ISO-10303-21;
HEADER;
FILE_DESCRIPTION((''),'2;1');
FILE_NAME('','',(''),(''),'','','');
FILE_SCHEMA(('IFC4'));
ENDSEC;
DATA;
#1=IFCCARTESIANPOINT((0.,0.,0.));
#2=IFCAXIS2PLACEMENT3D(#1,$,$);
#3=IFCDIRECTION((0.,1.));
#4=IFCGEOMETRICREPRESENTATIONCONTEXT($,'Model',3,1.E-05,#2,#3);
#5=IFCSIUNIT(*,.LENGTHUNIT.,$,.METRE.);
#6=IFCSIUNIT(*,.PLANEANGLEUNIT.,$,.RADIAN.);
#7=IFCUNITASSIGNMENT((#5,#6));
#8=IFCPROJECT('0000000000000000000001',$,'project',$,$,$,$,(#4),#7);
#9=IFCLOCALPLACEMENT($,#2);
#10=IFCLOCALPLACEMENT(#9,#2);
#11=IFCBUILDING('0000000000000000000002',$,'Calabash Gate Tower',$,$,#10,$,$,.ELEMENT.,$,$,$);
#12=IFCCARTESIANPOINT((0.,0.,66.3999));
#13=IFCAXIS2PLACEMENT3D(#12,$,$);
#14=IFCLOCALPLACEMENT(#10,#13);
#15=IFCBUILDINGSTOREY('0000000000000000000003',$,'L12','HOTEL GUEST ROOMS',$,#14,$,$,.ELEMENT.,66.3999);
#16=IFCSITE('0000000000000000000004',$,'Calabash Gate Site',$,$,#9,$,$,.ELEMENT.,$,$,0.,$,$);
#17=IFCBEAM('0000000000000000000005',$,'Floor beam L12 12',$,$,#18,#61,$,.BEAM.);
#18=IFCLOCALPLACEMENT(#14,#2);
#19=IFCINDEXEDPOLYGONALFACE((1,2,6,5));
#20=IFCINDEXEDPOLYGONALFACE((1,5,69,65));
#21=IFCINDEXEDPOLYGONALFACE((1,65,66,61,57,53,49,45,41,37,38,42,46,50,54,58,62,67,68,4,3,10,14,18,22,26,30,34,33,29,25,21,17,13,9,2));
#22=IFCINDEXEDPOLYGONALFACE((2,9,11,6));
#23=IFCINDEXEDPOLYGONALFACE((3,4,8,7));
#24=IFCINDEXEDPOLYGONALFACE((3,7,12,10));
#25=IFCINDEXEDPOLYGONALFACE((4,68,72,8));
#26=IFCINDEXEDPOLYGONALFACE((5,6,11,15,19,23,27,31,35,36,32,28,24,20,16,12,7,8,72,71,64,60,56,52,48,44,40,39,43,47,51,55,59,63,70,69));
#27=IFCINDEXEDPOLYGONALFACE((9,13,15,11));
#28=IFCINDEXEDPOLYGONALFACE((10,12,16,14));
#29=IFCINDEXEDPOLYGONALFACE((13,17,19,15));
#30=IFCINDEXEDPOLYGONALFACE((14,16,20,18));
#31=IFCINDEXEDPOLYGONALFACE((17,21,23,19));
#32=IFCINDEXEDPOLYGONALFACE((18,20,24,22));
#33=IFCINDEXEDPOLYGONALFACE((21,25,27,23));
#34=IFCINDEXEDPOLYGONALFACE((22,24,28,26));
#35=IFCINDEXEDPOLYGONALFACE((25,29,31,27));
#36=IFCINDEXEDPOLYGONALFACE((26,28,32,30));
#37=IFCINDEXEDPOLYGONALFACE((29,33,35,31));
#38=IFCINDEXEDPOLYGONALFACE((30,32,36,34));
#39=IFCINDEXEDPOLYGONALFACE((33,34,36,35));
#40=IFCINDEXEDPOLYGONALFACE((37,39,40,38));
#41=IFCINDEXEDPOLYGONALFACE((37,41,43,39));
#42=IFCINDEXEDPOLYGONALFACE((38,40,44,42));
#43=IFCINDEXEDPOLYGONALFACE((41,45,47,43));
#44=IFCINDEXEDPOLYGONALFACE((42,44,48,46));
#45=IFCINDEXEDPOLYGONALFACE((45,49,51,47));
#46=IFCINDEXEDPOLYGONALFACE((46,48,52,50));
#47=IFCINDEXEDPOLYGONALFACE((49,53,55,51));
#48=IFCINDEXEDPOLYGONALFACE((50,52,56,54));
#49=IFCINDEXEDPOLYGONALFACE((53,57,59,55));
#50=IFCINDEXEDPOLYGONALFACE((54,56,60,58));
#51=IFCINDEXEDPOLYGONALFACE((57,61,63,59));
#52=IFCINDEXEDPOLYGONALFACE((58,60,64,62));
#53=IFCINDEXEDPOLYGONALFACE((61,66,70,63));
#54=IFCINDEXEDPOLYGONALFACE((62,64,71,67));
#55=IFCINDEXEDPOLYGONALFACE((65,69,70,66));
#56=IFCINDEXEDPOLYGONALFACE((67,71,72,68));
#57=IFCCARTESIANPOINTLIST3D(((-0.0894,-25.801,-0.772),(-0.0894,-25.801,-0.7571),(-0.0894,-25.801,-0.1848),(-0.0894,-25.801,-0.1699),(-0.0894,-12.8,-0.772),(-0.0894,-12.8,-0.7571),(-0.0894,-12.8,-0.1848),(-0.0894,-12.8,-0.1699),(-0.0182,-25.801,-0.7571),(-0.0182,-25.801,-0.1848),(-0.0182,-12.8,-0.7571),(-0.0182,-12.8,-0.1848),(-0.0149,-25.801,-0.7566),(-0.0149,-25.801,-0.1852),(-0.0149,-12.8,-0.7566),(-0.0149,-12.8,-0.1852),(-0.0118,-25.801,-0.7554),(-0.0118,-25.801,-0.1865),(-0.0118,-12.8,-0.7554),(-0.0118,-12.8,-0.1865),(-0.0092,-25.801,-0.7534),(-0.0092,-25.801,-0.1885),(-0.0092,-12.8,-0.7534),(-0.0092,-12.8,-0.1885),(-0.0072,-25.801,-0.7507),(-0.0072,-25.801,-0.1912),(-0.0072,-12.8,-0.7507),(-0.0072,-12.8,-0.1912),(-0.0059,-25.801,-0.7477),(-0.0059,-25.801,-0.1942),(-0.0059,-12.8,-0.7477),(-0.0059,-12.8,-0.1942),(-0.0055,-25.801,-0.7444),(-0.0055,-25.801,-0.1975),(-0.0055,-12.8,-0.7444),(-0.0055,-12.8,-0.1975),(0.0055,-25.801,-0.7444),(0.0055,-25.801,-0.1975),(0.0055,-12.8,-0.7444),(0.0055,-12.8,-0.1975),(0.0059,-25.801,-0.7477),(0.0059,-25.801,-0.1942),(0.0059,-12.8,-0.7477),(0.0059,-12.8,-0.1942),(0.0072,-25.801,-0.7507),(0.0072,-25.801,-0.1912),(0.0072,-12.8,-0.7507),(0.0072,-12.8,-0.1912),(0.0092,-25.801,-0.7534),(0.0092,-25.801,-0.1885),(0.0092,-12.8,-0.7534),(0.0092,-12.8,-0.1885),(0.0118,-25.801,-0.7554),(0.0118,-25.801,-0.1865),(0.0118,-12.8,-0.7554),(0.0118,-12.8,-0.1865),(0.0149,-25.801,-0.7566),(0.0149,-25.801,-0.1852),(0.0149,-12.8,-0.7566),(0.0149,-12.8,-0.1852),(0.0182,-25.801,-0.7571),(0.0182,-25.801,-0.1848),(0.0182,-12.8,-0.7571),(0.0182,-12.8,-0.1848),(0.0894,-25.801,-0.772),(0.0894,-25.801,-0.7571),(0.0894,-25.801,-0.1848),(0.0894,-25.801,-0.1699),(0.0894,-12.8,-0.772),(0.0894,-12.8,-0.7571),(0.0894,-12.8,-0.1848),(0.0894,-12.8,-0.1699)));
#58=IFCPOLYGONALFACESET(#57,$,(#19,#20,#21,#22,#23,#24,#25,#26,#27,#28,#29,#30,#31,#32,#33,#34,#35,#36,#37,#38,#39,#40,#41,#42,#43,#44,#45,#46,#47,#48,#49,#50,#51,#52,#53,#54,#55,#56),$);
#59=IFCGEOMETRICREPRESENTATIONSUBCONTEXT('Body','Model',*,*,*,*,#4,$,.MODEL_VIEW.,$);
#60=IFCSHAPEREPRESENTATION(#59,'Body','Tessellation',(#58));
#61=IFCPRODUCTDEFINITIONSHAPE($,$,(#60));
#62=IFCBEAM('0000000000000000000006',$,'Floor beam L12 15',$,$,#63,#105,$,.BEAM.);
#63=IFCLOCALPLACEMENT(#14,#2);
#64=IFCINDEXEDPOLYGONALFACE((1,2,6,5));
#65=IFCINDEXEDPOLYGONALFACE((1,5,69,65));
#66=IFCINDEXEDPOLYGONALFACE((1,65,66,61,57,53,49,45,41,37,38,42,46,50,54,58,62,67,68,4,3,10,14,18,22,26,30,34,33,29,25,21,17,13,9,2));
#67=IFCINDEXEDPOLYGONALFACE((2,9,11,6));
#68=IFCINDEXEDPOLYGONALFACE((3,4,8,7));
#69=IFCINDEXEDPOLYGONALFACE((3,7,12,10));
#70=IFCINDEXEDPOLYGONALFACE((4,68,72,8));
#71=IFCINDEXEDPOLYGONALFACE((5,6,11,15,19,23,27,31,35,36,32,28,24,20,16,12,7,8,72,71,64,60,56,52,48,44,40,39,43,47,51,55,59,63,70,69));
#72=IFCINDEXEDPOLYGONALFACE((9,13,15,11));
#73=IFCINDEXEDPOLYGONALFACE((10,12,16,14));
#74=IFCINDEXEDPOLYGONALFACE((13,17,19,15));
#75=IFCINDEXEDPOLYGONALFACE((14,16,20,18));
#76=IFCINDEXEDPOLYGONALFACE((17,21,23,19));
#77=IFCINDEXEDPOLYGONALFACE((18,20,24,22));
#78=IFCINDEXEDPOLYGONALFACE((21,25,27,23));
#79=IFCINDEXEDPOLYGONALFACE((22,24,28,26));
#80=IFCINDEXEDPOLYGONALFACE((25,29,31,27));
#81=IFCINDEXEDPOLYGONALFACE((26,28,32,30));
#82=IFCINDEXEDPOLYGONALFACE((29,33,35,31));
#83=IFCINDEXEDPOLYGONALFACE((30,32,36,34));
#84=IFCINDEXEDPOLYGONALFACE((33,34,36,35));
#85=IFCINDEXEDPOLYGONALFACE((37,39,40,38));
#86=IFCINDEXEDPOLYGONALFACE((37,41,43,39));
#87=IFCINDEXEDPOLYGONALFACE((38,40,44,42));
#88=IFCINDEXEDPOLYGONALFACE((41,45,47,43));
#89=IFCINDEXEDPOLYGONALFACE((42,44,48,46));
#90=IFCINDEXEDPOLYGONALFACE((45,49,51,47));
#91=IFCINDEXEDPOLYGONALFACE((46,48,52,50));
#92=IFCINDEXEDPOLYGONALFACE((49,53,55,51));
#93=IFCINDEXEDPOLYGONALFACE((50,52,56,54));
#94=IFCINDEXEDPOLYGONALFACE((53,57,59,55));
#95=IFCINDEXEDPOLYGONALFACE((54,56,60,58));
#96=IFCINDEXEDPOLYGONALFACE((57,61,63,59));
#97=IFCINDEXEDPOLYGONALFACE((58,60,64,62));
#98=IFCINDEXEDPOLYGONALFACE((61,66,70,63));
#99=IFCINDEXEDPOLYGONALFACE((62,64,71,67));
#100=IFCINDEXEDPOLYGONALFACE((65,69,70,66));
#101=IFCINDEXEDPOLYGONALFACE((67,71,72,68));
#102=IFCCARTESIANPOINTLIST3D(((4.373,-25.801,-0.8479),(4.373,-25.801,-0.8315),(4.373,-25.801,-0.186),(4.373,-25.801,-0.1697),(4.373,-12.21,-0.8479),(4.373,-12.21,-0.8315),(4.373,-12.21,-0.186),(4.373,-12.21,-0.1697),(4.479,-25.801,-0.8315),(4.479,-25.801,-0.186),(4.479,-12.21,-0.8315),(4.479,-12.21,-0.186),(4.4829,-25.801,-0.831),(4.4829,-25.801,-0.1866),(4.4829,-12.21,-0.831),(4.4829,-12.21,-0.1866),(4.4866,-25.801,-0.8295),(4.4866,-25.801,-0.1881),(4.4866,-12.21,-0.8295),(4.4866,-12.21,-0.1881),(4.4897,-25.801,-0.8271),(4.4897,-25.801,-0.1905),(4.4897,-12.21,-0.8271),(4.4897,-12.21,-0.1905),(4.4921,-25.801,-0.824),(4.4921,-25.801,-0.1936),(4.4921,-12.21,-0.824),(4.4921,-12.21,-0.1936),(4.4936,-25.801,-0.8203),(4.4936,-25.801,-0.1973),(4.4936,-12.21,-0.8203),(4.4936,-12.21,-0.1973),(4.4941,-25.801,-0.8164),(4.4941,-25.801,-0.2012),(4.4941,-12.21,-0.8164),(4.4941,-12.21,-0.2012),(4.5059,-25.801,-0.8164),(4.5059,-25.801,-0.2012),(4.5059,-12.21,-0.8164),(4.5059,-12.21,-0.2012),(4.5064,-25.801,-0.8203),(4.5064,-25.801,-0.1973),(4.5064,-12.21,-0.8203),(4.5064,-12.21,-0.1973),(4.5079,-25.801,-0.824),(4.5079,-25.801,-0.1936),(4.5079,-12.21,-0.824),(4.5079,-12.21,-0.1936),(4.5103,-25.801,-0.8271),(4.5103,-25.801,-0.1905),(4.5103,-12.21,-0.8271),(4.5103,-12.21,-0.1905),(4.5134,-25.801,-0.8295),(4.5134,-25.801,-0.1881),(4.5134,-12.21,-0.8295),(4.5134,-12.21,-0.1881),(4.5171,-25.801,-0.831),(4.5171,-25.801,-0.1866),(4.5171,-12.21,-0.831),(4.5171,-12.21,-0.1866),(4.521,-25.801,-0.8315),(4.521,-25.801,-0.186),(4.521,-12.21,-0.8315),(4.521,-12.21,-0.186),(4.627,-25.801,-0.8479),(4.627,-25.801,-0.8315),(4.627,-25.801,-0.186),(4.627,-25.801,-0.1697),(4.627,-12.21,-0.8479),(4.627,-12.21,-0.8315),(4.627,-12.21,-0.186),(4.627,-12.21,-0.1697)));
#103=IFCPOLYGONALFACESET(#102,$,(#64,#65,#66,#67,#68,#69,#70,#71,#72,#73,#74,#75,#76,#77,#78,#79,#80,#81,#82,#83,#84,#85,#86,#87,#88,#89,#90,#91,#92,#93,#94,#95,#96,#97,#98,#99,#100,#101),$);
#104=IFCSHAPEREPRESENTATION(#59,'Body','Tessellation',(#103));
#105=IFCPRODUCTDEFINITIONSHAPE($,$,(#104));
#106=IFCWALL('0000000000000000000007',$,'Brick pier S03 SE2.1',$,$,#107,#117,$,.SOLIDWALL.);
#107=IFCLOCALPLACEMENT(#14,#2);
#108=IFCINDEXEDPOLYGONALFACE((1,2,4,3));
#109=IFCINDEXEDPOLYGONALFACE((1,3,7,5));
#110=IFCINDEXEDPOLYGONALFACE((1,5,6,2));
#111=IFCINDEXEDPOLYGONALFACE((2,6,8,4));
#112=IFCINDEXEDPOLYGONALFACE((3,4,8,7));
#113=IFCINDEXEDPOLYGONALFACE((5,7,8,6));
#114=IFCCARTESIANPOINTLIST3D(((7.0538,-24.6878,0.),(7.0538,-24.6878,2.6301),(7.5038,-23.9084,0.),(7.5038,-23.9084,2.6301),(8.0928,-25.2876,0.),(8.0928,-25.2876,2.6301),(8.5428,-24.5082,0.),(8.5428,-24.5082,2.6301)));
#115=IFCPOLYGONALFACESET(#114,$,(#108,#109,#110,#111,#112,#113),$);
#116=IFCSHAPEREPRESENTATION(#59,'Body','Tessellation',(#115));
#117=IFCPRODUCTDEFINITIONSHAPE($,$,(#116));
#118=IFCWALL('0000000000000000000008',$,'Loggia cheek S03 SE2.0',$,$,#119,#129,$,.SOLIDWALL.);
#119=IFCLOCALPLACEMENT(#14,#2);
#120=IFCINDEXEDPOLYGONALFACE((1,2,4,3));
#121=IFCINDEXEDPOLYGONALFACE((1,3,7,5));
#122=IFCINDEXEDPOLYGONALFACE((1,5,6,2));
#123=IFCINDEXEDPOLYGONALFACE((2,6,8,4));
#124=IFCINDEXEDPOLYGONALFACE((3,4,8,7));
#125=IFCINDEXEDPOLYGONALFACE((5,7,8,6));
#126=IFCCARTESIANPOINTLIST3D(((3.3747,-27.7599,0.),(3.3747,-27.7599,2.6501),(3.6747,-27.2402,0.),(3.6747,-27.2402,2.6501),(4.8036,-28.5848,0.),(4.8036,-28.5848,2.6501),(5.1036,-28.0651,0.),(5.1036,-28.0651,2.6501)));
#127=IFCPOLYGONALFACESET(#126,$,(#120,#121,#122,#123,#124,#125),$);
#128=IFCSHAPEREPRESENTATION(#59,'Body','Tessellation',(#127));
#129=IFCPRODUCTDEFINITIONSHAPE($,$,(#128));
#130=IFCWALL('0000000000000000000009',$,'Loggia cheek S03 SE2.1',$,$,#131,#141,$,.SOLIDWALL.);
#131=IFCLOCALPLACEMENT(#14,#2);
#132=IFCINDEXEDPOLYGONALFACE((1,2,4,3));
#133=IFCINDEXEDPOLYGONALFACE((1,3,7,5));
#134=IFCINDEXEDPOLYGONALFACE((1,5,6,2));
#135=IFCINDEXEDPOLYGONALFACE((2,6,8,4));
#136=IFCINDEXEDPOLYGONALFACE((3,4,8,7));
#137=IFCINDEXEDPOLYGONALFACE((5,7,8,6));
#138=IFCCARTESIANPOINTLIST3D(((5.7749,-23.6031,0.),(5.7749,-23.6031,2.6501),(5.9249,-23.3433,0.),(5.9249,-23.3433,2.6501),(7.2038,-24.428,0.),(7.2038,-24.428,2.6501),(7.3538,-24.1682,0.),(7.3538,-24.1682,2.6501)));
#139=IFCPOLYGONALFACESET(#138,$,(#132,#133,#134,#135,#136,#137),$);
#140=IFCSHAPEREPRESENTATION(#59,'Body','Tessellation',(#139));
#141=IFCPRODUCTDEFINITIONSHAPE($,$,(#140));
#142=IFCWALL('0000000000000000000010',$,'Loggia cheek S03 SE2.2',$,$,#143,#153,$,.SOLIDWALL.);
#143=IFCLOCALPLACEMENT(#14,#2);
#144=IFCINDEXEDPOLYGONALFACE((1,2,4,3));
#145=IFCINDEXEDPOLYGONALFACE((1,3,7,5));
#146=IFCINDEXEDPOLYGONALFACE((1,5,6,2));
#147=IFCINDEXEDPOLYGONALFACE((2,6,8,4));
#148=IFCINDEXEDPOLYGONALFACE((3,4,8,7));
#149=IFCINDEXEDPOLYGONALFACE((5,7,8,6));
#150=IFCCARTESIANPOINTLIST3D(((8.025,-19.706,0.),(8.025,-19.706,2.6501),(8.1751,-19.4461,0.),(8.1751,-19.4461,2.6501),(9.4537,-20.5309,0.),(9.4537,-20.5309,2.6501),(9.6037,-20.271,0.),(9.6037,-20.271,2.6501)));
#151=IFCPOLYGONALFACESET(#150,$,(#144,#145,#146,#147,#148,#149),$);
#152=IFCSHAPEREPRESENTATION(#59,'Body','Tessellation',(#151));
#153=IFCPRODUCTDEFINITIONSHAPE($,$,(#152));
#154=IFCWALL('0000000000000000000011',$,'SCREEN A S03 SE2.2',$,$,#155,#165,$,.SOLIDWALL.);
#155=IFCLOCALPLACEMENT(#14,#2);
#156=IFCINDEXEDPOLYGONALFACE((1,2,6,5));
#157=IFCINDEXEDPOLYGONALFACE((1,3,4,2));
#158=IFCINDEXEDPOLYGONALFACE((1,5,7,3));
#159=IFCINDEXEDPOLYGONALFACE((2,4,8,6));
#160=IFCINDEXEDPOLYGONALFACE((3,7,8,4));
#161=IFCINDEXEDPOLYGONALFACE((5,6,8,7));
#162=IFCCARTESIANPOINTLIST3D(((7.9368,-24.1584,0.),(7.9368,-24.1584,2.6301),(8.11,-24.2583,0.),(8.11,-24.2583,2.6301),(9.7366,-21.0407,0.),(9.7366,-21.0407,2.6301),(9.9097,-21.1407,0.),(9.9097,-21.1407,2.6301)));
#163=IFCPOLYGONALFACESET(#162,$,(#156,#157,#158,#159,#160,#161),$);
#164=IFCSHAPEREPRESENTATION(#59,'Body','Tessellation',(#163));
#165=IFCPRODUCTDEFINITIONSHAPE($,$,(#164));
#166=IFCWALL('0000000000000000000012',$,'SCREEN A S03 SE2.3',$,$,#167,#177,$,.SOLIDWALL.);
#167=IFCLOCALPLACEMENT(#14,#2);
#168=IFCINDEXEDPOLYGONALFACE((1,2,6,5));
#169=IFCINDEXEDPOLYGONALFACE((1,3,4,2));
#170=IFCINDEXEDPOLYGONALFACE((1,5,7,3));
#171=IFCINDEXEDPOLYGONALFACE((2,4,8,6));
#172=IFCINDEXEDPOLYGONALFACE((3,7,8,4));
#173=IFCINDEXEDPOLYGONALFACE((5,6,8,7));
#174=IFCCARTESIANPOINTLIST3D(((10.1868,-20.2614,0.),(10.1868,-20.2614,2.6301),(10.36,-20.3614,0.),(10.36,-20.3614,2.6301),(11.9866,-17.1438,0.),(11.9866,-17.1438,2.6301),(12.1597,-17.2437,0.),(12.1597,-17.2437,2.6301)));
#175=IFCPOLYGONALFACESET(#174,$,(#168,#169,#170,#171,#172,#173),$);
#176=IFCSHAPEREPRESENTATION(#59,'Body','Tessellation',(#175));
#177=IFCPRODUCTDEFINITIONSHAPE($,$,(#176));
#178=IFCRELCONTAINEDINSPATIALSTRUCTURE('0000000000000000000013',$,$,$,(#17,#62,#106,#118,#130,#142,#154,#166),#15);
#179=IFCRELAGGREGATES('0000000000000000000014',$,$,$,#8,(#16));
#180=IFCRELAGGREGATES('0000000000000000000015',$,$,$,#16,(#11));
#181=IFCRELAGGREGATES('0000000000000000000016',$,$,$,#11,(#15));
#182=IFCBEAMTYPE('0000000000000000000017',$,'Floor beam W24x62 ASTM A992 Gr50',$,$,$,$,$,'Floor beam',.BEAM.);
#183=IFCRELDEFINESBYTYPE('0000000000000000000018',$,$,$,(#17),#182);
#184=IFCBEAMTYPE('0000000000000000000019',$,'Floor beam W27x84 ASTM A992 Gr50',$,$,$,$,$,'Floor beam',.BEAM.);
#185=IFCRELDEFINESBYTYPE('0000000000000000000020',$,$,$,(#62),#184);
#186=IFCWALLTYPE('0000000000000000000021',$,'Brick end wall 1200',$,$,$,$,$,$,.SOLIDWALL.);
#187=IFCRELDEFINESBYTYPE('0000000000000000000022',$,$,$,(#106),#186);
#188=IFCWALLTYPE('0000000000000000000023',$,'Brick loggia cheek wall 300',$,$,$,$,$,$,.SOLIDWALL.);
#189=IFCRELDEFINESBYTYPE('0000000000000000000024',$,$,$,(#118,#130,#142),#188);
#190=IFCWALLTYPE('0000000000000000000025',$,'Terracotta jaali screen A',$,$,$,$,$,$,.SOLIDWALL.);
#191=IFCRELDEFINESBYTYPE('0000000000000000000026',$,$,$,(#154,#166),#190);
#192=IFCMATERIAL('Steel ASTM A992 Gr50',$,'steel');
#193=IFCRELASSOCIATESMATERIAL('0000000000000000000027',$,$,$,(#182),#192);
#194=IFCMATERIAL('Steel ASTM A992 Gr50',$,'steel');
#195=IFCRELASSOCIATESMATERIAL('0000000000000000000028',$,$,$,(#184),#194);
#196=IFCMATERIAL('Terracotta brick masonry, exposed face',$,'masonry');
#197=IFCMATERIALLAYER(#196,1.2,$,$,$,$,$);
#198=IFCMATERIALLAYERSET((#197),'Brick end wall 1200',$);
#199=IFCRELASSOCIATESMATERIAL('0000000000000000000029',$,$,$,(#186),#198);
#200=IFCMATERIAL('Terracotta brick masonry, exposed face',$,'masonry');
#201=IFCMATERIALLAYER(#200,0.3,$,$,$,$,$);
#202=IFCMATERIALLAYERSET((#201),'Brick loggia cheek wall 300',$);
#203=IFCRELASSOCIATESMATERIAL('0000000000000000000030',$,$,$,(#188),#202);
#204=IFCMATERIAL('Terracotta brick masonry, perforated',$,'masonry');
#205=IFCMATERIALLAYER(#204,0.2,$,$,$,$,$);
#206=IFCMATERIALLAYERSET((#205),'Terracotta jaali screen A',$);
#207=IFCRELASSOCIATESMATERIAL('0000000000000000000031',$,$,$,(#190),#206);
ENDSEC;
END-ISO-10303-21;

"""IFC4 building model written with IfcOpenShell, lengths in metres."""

from ifc_helpers import new_model, si_unit, direction, frame, frame_2d, origin, origin_2d, place, context, subcontext, project, spatial, rectangle, i_section, extrude, material, layer, layer_set, material_profile, profile_set, type_object, element, save


model = new_model("IFC4")

# Units and contexts
model_context = context("Model", 3, precision=1e-05, world=origin(), true_north=direction((0.0, 1.0)))
body_context = subcontext(model_context, "Body", "Model", "MODEL_VIEW")
ifc_project = project(units=[si_unit("LENGTHUNIT", "METRE"), si_unit("PLANEANGLEUNIT", "RADIAN")], contexts=[model_context])

# Site, building, storey
site_placement = place(None, origin())
site = spatial("IfcSite", under=ifc_project, at=site_placement, Name="Calabash Gate Site", CompositionType="ELEMENT", RefElevation=0.0)
building_placement = place(site_placement, origin())
building = spatial("IfcBuilding", under=site, at=building_placement, Name="Calabash Gate Tower", CompositionType="ELEMENT")
storey_placement = place(building_placement, frame((0.0, 0.0, 66.3999)))
storey = spatial("IfcBuildingStorey", under=building, at=storey_placement, Name="L12", Description="HOTEL GUEST ROOMS", CompositionType="ELEMENT", Elevation=66.3999)

# Beams
ifc_material_1 = material(Name="Steel ASTM A992 Gr50", Category="steel")
ifc_material_profile_1 = material_profile(ifc_material_1, i_section(OverallWidth=0.1787, OverallDepth=0.6021, WebThickness=0.011, FlangeThickness=0.0149, FilletRadius=0.0127, at=origin_2d()))
ifc_profile_set_1 = profile_set([ifc_material_profile_1], Name="Steel ASTM A992 Gr50")
beam_type_1 = type_object("IfcBeamType", Name="Floor beam W24x62 ASTM A992 Gr50", ElementType="Floor beam", PredefinedType="BEAM", material=ifc_profile_set_1)
beam_1_placement = place(storey_placement, frame((0.0, -25.801, -0.4709), z_axis=(0.0, 1.0, 0.0), x_axis=(-1.0, 0.0, 0.0)))
element("IfcBeam", 1, at=beam_1_placement, inside=storey, type_object=beam_type_1, Name="Floor beam L12 12", PredefinedType="BEAM", context=body_context, shape_type="SweptSolid", body=[
    extrude(i_section(OverallWidth=0.1787, OverallDepth=0.6021, WebThickness=0.011, FlangeThickness=0.0149, FilletRadius=0.0127, at=origin_2d()), origin(), (0.0, 0.0, 1.0), 13.001),
])
ifc_material_2 = material(Name="Steel ASTM A992 Gr50", Category="steel")
ifc_material_profile_2 = material_profile(ifc_material_2, i_section(OverallWidth=0.2539, OverallDepth=0.6782, WebThickness=0.0117, FlangeThickness=0.0164, FilletRadius=0.0151, at=origin_2d()))
ifc_profile_set_2 = profile_set([ifc_material_profile_2], Name="Steel ASTM A992 Gr50")
beam_type_2 = type_object("IfcBeamType", Name="Floor beam W27x84 ASTM A992 Gr50", ElementType="Floor beam", PredefinedType="BEAM", material=ifc_profile_set_2)
beam_2_placement = place(storey_placement, frame((4.5, -25.801, -0.5088), z_axis=(0.0, 1.0, 0.0), x_axis=(-1.0, 0.0, 0.0)))
element("IfcBeam", 2, at=beam_2_placement, inside=storey, type_object=beam_type_2, Name="Floor beam L12 15", PredefinedType="BEAM", context=body_context, shape_type="SweptSolid", body=[
    extrude(i_section(OverallWidth=0.2539, OverallDepth=0.6782, WebThickness=0.0117, FlangeThickness=0.0164, FilletRadius=0.0151, at=origin_2d()), origin(), (0.0, 0.0, 1.0), 13.5911),
])

# Walls
ifc_material_3 = material(Name="Terracotta brick masonry, exposed face", Category="masonry")
ifc_layer_1 = layer(ifc_material_3, 1.2)
ifc_layer_set_1 = layer_set([ifc_layer_1], Name="Brick end wall 1200")
wall_type_1 = type_object("IfcWallType", Name="Brick end wall 1200", PredefinedType="SOLIDWALL", material=ifc_layer_set_1)
wall_1_placement = place(storey_placement, frame((7.2788, -24.2981, 0.0), z_axis=(0.0, 0.0, 1.0), x_axis=(0.866043, -0.499969, 0.0)))
element("IfcWall", 3, at=wall_1_placement, inside=storey, type_object=wall_type_1, Name="Brick pier S03 SE2.1", PredefinedType="SOLIDWALL", context=body_context, shape_type="SweptSolid", body=[
    extrude(rectangle(XDim=1.1997, YDim=0.8999, at=frame_2d((0.5999, 0.0))), origin(), (0.0, 0.0, 1.0), 2.6301),
])
ifc_material_4 = material(Name="Terracotta brick masonry, exposed face", Category="masonry")
ifc_layer_2 = layer(ifc_material_4, 0.3)
ifc_layer_set_2 = layer_set([ifc_layer_2], Name="Brick loggia cheek wall 300")
wall_type_2 = type_object("IfcWallType", Name="Brick loggia cheek wall 300", PredefinedType="SOLIDWALL", material=ifc_layer_set_2)
wall_2_placement = place(storey_placement, frame((4.9536, -28.325, 0.0), z_axis=(0.0, 0.0, 1.0), x_axis=(-0.86604, 0.499974, 0.0)))
element("IfcWall", 4, at=wall_2_placement, inside=storey, type_object=wall_type_2, Name="Loggia cheek S03 SE2.0", PredefinedType="SOLIDWALL", context=body_context, shape_type="SweptSolid", body=[
    extrude(rectangle(XDim=1.6499, YDim=0.6001, at=frame_2d((0.825, 0.0))), origin(), (0.0, 0.0, 1.0), 2.6501),
])
wall_3_placement = place(storey_placement, frame((7.2788, -24.2981, 0.0), z_axis=(0.0, 0.0, 1.0), x_axis=(-0.86604, 0.499974, 0.0)))
element("IfcWall", 5, at=wall_3_placement, inside=storey, type_object=wall_type_2, Name="Loggia cheek S03 SE2.1", PredefinedType="SOLIDWALL", context=body_context, shape_type="SweptSolid", body=[
    extrude(rectangle(XDim=1.6499, YDim=0.3, at=frame_2d((0.825, 0.0))), origin(), (0.0, 0.0, 1.0), 2.6501),
])
wall_4_placement = place(storey_placement, frame((9.5286, -20.4009, 0.0), z_axis=(0.0, 0.0, 1.0), x_axis=(-0.866003, 0.500038, 0.0)))
element("IfcWall", 6, at=wall_4_placement, inside=storey, type_object=wall_type_2, Name="Loggia cheek S03 SE2.2", PredefinedType="SOLIDWALL", context=body_context, shape_type="SweptSolid", body=[
    extrude(rectangle(XDim=1.6497, YDim=0.3, at=frame_2d((0.8247, 0.0))), origin(), (0.0, 0.0, 1.0), 2.6501),
])
ifc_material_5 = material(Name="Terracotta brick masonry, perforated", Category="masonry")
ifc_layer_3 = layer(ifc_material_5, 0.2)
ifc_layer_set_3 = layer_set([ifc_layer_3], Name="Terracotta jaali screen A")
wall_type_3 = type_object("IfcWallType", Name="Terracotta jaali screen A", PredefinedType="SOLIDWALL", material=ifc_layer_set_3)
for number, where, z_axis, x_axis, name in (
    (7, (8.0234, -24.2083, 0.0), (0.0, 0.0, 1.0), (0.499961, 0.866048, 0.0), "SCREEN A S03 SE2.2"),
    (8, (10.2734, -20.3113, 0.0), (0.0, 0.0, 1.0), (0.499961, 0.866048, 0.0), "SCREEN A S03 SE2.3"),
):
    element("IfcWall", number, at=place(storey_placement, frame(where, z_axis=z_axis, x_axis=x_axis)), inside=storey, type_object=wall_type_3, Name=name, PredefinedType="SOLIDWALL", context=body_context, shape_type="SweptSolid", body=[
        extrude(rectangle(XDim=3.5999, YDim=0.2, at=frame_2d((1.7998, 0.0))), origin(), (0.0, 0.0, 1.0), 2.6301),
    ])

save(model, "model.ifc")
